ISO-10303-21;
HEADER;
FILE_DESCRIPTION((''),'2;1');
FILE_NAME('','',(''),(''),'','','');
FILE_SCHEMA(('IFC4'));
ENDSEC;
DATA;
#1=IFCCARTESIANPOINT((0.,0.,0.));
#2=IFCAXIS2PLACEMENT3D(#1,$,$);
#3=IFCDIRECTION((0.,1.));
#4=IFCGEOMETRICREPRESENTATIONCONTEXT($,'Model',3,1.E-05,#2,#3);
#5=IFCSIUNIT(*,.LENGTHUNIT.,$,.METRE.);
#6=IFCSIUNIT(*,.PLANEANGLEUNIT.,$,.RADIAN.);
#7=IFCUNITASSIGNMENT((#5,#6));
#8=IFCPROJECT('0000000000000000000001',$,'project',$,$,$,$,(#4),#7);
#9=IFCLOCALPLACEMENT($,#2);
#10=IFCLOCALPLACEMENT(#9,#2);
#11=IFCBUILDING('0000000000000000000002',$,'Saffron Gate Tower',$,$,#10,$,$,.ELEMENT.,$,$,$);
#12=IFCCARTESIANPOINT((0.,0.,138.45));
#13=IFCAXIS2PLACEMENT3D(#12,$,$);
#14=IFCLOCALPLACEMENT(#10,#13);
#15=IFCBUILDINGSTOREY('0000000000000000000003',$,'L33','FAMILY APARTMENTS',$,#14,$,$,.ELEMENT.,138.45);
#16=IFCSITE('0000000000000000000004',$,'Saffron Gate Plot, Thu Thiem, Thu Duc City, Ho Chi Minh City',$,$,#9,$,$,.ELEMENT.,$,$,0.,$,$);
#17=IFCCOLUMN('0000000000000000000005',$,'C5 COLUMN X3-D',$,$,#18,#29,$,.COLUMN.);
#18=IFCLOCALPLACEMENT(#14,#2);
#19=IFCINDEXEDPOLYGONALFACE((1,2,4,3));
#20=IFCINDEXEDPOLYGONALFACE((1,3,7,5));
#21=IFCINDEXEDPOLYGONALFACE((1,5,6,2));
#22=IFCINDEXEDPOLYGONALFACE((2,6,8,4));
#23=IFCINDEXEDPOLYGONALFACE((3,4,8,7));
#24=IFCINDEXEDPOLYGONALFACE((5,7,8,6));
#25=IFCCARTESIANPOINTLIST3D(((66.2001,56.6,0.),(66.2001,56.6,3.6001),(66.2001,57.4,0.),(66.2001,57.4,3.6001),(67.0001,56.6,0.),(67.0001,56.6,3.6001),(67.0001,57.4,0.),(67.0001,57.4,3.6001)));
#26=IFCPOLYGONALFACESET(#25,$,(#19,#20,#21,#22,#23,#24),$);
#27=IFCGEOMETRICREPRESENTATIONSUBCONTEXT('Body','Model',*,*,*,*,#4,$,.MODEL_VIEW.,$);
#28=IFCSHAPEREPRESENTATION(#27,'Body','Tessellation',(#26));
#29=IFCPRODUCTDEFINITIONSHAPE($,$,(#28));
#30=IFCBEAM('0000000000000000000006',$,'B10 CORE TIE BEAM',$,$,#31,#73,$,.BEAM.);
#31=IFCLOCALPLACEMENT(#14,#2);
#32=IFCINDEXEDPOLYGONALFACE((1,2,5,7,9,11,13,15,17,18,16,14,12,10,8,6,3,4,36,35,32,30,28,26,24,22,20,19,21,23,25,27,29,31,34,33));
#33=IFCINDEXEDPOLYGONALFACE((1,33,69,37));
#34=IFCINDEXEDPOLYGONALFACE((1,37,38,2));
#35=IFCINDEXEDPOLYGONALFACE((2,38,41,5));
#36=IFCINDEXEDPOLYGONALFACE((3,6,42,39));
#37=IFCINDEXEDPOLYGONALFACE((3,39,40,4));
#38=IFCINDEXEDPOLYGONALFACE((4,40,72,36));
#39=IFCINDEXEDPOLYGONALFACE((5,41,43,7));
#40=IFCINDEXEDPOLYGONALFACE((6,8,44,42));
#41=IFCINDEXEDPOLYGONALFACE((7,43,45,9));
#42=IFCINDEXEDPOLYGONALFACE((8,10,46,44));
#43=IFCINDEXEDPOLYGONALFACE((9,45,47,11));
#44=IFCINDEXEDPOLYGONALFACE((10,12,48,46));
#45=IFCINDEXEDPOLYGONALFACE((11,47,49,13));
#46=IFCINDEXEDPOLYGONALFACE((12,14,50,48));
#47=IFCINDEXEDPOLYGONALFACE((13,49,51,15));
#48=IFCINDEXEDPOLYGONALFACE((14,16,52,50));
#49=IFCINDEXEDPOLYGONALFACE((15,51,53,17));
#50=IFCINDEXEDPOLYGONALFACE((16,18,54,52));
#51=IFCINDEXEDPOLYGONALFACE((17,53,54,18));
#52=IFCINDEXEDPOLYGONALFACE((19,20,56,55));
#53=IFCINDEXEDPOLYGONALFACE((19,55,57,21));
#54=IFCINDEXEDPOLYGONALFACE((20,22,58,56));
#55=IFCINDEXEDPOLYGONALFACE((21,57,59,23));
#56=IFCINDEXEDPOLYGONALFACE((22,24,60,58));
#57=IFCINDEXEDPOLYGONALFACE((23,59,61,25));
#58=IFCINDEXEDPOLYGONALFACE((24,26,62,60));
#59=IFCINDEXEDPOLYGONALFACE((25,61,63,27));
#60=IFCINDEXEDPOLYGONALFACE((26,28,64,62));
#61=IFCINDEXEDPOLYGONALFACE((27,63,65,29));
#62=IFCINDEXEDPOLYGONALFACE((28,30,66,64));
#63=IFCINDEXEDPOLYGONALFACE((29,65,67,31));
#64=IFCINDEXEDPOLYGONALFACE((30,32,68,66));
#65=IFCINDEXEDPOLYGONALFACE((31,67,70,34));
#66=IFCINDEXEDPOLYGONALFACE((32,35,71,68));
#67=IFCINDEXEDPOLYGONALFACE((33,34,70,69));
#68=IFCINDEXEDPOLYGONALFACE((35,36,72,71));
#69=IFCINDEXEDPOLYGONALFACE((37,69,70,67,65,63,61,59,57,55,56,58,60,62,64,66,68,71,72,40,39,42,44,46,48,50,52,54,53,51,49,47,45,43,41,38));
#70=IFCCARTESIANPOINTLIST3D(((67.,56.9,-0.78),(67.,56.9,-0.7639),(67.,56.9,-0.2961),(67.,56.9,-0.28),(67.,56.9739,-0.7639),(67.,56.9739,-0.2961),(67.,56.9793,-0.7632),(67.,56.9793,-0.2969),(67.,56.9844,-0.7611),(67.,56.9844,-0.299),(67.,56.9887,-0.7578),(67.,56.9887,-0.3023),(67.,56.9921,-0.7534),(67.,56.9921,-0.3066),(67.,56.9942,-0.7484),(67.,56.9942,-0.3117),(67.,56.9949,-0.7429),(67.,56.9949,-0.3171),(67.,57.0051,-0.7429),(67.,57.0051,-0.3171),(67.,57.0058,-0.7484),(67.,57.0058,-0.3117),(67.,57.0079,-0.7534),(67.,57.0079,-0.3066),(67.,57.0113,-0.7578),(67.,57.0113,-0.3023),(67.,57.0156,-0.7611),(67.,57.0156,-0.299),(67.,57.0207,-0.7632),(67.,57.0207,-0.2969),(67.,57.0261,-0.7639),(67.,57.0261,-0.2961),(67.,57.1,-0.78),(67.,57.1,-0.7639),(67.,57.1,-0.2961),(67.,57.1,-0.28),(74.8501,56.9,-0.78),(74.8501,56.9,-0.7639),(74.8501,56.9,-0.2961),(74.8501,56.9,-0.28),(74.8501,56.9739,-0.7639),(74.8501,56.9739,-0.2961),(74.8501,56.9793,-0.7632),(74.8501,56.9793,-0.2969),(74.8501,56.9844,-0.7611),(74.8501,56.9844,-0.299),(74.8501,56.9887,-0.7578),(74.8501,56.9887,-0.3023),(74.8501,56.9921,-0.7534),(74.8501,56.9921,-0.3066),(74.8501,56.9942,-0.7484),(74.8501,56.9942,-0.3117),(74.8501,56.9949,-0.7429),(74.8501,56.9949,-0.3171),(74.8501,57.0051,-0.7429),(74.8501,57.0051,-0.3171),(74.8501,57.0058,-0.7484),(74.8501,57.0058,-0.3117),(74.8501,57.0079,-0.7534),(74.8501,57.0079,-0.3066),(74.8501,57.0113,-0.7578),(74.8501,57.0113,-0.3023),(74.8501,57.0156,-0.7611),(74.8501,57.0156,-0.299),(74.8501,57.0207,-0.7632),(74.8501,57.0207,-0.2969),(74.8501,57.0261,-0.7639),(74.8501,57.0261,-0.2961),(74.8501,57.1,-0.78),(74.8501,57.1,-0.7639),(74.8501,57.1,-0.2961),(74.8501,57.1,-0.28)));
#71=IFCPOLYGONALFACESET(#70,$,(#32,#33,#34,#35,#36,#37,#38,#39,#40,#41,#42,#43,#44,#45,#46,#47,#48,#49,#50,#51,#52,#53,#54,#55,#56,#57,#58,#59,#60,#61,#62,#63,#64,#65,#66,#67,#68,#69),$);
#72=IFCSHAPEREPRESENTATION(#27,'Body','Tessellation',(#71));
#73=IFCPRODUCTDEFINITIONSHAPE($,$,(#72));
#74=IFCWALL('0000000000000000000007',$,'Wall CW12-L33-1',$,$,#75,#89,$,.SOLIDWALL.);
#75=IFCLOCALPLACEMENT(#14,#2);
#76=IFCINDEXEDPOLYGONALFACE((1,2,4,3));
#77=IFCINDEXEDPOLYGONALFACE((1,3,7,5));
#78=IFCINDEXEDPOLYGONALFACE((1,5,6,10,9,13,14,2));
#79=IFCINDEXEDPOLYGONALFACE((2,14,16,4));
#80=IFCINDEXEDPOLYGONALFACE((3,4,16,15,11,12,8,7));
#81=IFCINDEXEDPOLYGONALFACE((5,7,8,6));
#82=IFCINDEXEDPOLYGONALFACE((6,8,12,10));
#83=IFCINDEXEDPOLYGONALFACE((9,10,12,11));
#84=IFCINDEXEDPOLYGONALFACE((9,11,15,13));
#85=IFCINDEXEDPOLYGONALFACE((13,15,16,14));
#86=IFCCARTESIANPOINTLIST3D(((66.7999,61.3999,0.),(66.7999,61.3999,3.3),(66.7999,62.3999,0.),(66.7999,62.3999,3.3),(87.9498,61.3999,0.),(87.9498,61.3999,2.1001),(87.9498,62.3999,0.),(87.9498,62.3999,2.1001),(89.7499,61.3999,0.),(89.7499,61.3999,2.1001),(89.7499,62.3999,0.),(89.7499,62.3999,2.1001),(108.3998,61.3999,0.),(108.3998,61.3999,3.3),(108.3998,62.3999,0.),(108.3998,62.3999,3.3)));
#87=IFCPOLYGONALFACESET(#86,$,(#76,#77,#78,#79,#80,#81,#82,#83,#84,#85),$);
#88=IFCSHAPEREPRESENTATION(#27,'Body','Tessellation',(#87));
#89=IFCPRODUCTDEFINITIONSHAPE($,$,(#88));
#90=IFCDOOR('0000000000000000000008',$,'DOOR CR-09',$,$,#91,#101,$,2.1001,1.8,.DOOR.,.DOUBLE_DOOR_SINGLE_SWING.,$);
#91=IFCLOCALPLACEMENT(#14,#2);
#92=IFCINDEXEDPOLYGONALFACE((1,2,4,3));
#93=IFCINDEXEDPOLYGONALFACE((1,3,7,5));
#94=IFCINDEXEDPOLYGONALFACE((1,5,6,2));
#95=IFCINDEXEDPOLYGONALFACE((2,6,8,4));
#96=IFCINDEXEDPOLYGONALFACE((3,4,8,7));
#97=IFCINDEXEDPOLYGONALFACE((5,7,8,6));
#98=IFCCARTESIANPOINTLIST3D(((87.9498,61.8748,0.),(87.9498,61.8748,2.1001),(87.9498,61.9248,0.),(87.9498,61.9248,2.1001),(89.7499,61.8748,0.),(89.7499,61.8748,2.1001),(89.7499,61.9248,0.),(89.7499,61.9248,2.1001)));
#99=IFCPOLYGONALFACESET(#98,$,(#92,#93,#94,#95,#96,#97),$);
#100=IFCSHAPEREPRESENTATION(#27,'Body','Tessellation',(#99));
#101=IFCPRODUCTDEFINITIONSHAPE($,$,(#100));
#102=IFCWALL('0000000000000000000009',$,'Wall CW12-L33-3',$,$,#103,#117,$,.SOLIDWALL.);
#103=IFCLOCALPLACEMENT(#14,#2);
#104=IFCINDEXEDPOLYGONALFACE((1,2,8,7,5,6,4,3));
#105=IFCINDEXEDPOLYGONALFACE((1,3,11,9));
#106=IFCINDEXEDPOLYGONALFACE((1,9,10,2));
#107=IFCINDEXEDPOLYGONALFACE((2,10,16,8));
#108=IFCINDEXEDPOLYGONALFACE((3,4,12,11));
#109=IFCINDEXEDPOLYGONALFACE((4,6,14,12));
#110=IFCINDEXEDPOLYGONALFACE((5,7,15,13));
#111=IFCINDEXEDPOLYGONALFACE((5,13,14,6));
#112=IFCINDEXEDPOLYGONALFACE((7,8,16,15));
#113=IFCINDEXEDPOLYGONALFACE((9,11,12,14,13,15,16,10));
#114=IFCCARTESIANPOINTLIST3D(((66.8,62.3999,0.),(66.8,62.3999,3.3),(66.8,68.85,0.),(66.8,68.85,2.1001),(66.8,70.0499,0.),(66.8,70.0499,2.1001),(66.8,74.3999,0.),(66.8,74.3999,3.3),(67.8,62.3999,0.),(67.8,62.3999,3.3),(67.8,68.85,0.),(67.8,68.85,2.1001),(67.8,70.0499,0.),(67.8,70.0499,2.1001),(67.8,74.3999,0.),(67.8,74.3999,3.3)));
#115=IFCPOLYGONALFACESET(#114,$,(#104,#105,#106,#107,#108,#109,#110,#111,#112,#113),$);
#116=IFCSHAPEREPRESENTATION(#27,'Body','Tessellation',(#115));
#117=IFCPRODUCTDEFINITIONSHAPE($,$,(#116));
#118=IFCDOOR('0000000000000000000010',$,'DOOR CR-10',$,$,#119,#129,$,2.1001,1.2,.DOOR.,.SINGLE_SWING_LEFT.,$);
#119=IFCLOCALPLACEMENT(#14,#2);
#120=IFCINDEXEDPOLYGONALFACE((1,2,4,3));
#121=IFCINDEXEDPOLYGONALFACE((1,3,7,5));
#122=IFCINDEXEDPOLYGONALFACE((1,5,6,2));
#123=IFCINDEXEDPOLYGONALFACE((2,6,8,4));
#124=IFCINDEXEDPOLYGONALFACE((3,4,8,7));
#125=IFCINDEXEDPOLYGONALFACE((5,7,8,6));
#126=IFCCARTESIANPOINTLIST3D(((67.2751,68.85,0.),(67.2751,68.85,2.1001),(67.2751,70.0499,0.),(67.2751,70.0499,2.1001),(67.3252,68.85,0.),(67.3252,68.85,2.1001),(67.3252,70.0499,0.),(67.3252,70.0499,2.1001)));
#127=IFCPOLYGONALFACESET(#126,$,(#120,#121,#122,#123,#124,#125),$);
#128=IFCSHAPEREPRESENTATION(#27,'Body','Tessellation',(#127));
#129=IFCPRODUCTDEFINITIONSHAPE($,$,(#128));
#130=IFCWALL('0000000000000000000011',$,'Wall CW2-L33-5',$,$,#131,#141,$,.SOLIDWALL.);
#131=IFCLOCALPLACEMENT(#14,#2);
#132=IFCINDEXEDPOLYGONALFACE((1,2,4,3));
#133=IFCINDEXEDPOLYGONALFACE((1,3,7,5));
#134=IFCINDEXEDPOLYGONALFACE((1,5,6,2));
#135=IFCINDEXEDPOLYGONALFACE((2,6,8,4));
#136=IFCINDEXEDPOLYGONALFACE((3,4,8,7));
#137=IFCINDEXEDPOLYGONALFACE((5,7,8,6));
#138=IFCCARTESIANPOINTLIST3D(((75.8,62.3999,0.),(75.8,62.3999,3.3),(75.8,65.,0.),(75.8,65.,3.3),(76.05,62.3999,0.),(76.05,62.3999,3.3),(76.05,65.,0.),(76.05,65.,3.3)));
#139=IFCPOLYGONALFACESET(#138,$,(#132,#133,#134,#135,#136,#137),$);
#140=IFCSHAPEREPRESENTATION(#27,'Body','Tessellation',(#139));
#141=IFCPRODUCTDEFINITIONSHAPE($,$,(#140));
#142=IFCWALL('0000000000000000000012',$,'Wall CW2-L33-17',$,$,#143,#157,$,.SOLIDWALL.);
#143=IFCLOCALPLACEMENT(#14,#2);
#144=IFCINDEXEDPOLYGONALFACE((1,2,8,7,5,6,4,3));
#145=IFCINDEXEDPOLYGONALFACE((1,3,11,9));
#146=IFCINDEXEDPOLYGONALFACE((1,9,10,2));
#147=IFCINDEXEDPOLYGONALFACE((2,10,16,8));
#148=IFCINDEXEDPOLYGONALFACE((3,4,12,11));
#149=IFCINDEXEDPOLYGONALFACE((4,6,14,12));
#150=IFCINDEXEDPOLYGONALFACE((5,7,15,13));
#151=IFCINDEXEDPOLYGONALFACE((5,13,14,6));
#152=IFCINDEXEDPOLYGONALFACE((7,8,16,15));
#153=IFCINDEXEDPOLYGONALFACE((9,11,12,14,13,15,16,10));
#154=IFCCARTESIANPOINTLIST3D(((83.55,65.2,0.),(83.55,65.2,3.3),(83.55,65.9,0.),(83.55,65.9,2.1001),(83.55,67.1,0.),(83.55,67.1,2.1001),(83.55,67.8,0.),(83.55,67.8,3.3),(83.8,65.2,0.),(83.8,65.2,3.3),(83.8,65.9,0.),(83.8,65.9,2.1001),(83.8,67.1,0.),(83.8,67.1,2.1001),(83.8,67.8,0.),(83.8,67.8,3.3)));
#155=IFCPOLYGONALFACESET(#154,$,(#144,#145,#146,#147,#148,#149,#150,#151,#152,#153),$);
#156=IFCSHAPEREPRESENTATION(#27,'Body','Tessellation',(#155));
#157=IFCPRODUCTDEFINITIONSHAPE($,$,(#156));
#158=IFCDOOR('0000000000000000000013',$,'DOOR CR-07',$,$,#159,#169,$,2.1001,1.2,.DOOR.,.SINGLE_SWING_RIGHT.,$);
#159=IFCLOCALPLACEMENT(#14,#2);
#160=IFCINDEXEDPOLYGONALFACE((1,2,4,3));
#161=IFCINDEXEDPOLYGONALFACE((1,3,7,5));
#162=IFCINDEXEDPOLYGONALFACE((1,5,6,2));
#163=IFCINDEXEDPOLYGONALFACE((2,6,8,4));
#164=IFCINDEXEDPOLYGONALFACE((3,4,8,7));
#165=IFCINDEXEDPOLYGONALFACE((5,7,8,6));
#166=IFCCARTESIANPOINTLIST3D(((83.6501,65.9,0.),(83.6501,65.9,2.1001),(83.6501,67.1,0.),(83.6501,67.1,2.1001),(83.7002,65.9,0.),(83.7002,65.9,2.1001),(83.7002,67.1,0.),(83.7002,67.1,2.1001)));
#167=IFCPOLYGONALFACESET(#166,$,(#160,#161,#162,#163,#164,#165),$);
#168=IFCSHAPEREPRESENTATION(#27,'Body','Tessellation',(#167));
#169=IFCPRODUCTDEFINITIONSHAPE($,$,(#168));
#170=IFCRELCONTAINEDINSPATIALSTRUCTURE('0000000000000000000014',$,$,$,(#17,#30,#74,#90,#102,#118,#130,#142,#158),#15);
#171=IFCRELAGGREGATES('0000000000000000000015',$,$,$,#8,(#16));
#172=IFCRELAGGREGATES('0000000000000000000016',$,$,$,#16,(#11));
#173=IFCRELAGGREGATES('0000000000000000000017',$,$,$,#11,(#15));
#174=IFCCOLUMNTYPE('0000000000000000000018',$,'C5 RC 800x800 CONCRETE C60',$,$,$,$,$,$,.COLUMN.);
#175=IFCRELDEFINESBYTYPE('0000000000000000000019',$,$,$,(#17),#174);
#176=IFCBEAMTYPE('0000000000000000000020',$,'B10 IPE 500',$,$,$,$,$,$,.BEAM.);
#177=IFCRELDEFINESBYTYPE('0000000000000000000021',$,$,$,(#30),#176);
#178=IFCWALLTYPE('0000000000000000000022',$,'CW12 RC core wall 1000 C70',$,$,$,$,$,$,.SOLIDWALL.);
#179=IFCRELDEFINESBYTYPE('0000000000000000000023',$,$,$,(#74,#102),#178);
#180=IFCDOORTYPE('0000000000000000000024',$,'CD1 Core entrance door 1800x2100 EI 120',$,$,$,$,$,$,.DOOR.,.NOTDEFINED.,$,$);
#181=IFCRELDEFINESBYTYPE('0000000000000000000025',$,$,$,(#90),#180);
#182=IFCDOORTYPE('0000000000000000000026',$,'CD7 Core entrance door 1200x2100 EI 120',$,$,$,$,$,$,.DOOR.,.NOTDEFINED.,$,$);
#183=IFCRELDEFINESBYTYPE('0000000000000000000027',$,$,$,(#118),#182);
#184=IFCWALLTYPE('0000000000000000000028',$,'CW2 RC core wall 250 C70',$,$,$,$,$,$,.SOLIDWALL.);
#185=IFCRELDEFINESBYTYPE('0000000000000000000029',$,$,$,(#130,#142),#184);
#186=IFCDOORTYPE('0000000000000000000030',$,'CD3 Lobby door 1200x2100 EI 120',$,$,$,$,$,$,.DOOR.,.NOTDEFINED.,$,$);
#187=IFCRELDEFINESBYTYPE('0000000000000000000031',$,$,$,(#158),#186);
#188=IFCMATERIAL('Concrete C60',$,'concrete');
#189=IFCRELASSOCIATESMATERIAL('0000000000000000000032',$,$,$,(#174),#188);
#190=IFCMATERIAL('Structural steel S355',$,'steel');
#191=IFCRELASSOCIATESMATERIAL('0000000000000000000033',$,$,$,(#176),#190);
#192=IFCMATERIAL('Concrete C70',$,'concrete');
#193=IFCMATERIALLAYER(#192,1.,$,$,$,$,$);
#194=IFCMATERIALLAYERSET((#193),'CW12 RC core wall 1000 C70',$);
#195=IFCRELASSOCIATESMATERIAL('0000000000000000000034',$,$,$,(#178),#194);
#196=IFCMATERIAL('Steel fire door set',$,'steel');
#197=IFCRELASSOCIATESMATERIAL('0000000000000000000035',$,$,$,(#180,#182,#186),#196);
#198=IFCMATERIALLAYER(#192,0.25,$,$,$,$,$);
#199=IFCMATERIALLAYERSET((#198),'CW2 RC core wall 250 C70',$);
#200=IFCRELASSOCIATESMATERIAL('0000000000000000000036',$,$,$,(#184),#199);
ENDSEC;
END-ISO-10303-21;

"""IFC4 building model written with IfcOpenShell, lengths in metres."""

from ifc_helpers import new_model, si_unit, direction, frame, frame_2d, origin, origin_2d, place, context, subcontext, project, spatial, rectangle, i_section, extrude, material, layer, layer_set, material_profile, profile_set, type_object, element, fill, save


model = new_model("IFC4")

# Units and contexts
model_context = context("Model", 3, precision=1e-05, world=origin(), true_north=direction((0.0, 1.0)))
body_context = subcontext(model_context, "Body", "Model", "MODEL_VIEW")
ifc_project = project(units=[si_unit("LENGTHUNIT", "METRE"), si_unit("PLANEANGLEUNIT", "RADIAN")], contexts=[model_context])

# Site, building, storey
site_placement = place(None, origin())
site = spatial("IfcSite", under=ifc_project, at=site_placement, Name="Saffron Gate Plot, Thu Thiem, Thu Duc City, Ho Chi Minh City", CompositionType="ELEMENT", RefElevation=0.0)
building_placement = place(site_placement, origin())
building = spatial("IfcBuilding", under=site, at=building_placement, Name="Saffron Gate Tower", CompositionType="ELEMENT")
storey_placement = place(building_placement, frame((0.0, 0.0, 138.45)))
storey = spatial("IfcBuildingStorey", under=building, at=storey_placement, Name="L33", Description="FAMILY APARTMENTS", CompositionType="ELEMENT", Elevation=138.45)

# Column
ifc_material_1 = material(Name="Concrete C60", Category="concrete")
ifc_material_profile_1 = material_profile(ifc_material_1, rectangle(XDim=0.8, YDim=0.8, at=origin_2d()))
ifc_profile_set_1 = profile_set([ifc_material_profile_1], Name="Concrete C60")
column_type = type_object("IfcColumnType", Name="C5 RC 800x800 CONCRETE C60", PredefinedType="COLUMN", material=ifc_profile_set_1)
column_placement = place(storey_placement, frame((66.6001, 57.0, 0.0), z_axis=(0.0, 0.0, 1.0), x_axis=(1.0, 0.0, 0.0)))
element("IfcColumn", 1, at=column_placement, inside=storey, type_object=column_type, Name="C5 COLUMN X3-D", PredefinedType="COLUMN", context=body_context, shape_type="SweptSolid", body=[
    extrude(rectangle(XDim=0.8, YDim=0.8, at=origin_2d()), origin(), (0.0, 0.0, 1.0), 3.6001),
])

# Beam
ifc_material_2 = material(Name="Structural steel S355", Category="steel")
ifc_material_profile_2 = material_profile(ifc_material_2, i_section(OverallWidth=0.2, OverallDepth=0.5, WebThickness=0.0103, FlangeThickness=0.0161, FilletRadius=0.021, at=origin_2d()))
ifc_profile_set_2 = profile_set([ifc_material_profile_2], Name="Structural steel S355")
beam_type = type_object("IfcBeamType", Name="B10 IPE 500", PredefinedType="BEAM", material=ifc_profile_set_2)
beam_placement = place(storey_placement, frame((67.0, 57.0, -0.53), z_axis=(1.0, 0.0, 0.0), x_axis=(0.0, 1.0, 0.0)))
element("IfcBeam", 2, at=beam_placement, inside=storey, type_object=beam_type, Name="B10 CORE TIE BEAM", PredefinedType="BEAM", context=body_context, shape_type="SweptSolid", body=[
    extrude(i_section(OverallWidth=0.2, OverallDepth=0.5, WebThickness=0.0103, FlangeThickness=0.0161, FilletRadius=0.021, at=origin_2d()), origin(), (0.0, 0.0, 1.0), 7.8501),
])

# Walls, openings, doors
ifc_material_3 = material(Name="Concrete C70", Category="concrete")
ifc_layer_1 = layer(ifc_material_3, 1.0)
ifc_layer_set_1 = layer_set([ifc_layer_1], Name="CW12 RC core wall 1000 C70")
wall_type_1 = type_object("IfcWallType", Name="CW12 RC core wall 1000 C70", PredefinedType="SOLIDWALL", material=ifc_layer_set_1)
wall_1_placement = place(storey_placement, frame((66.8, 61.8999, 0.0), z_axis=(0.0, 0.0, 1.0), x_axis=(1.0, 0.0, 0.0)))
wall_1 = element("IfcWall", 3, at=wall_1_placement, inside=storey, type_object=wall_type_1, Name="Wall CW12-L33-1", PredefinedType="SOLIDWALL", context=body_context, shape_type="SweptSolid", body=[
    extrude(rectangle(XDim=41.5999, YDim=1.0, at=frame_2d((20.7998, 0.0))), origin(), (0.0, 0.0, 1.0), 3.3),
])
opening_1_placement = place(wall_1_placement, frame((21.1499, 0.0, 0.0)))
opening_1 = element("IfcOpeningElement", 4, at=opening_1_placement, cuts=wall_1, PredefinedType="OPENING", context=body_context, shape_type="SweptSolid", body=[
    extrude(rectangle(XDim=1.8, YDim=2.1001, at=frame_2d((0.8999, 1.05))), frame((0.0, 0.51, 0.0), z_axis=(0.0, -1.0, 0.0), x_axis=(1.0, 0.0, 0.0)), (0.0, 0.0, 1.0), 1.02),
])
ifc_material_4 = material(Name="Steel fire door set", Category="steel")
door_type_1 = type_object("IfcDoorType", Name="CD1 Core entrance door 1800x2100 EI 120", OperationType="NOTDEFINED", PredefinedType="DOOR", material=ifc_material_4)
door_1_placement = place(opening_1_placement, origin())
door_1 = element("IfcDoor", 5, at=door_1_placement, inside=storey, type_object=door_type_1, Name="DOOR CR-09", OperationType="DOUBLE_DOOR_SINGLE_SWING", OverallHeight=2.1001, OverallWidth=1.8, PredefinedType="DOOR", context=body_context, shape_type="SweptSolid", body=[
    extrude(rectangle(XDim=1.8, YDim=2.1001, at=frame_2d((0.8999, 1.05))), frame((0.0, 0.0249, 0.0), z_axis=(0.0, -1.0, 0.0), x_axis=(1.0, 0.0, 0.0)), (0.0, 0.0, 1.0), 0.05),
])
fill(opening_1, door_1)
wall_2_placement = place(storey_placement, frame((67.3, 62.3999, 0.0), z_axis=(0.0, 0.0, 1.0), x_axis=(0.0, 1.0, 0.0)))
wall_2 = element("IfcWall", 6, at=wall_2_placement, inside=storey, type_object=wall_type_1, Name="Wall CW12-L33-3", PredefinedType="SOLIDWALL", context=body_context, shape_type="SweptSolid", body=[
    extrude(rectangle(XDim=12.0, YDim=1.0, at=frame_2d((6.0, 0.0))), origin(), (0.0, 0.0, 1.0), 3.3),
])
opening_2_placement = place(wall_2_placement, frame((6.45, 0.0, 0.0)))
opening_2 = element("IfcOpeningElement", 7, at=opening_2_placement, cuts=wall_2, PredefinedType="OPENING", context=body_context, shape_type="SweptSolid", body=[
    extrude(rectangle(XDim=1.2, YDim=2.1001, at=frame_2d((0.6001, 1.05))), frame((0.0, 0.51, 0.0), z_axis=(0.0, -1.0, 0.0), x_axis=(1.0, 0.0, 0.0)), (0.0, 0.0, 1.0), 1.02),
])
door_type_2 = type_object("IfcDoorType", Name="CD7 Core entrance door 1200x2100 EI 120", OperationType="NOTDEFINED", PredefinedType="DOOR", material=ifc_material_4)
door_2_placement = place(opening_2_placement, origin())
door_2 = element("IfcDoor", 8, at=door_2_placement, inside=storey, type_object=door_type_2, Name="DOOR CR-10", OperationType="SINGLE_SWING_LEFT", OverallHeight=2.1001, OverallWidth=1.2, PredefinedType="DOOR", context=body_context, shape_type="SweptSolid", body=[
    extrude(rectangle(XDim=1.2, YDim=2.1001, at=frame_2d((0.6001, 1.05))), frame((0.0, 0.0249, 0.0), z_axis=(0.0, -1.0, 0.0), x_axis=(1.0, 0.0, 0.0)), (0.0, 0.0, 1.0), 0.05),
])
fill(opening_2, door_2)

# Wall
ifc_layer_2 = layer(ifc_material_3, 0.25)
ifc_layer_set_2 = layer_set([ifc_layer_2], Name="CW2 RC core wall 250 C70")
wall_type_2 = type_object("IfcWallType", Name="CW2 RC core wall 250 C70", PredefinedType="SOLIDWALL", material=ifc_layer_set_2)
wall_3_placement = place(storey_placement, frame((75.925, 62.3999, 0.0), z_axis=(0.0, 0.0, 1.0), x_axis=(0.0, 1.0, 0.0)))
element("IfcWall", 9, at=wall_3_placement, inside=storey, type_object=wall_type_2, Name="Wall CW2-L33-5", PredefinedType="SOLIDWALL", context=body_context, shape_type="SweptSolid", body=[
    extrude(rectangle(XDim=2.6001, YDim=0.25, at=frame_2d((1.3, 0.0))), origin(), (0.0, 0.0, 1.0), 3.3),
])

# Wall, opening, door
wall_4_placement = place(storey_placement, frame((83.675, 65.2, 0.0), z_axis=(0.0, 0.0, 1.0), x_axis=(0.0, 1.0, 0.0)))
wall_4 = element("IfcWall", 10, at=wall_4_placement, inside=storey, type_object=wall_type_2, Name="Wall CW2-L33-17", PredefinedType="SOLIDWALL", context=body_context, shape_type="SweptSolid", body=[
    extrude(rectangle(XDim=2.6001, YDim=0.25, at=frame_2d((1.3, 0.0))), origin(), (0.0, 0.0, 1.0), 3.3),
])
opening_3_placement = place(wall_4_placement, frame((0.7, 0.0, 0.0)))
opening_3 = element("IfcOpeningElement", 11, at=opening_3_placement, cuts=wall_4, PredefinedType="OPENING", context=body_context, shape_type="SweptSolid", body=[
    extrude(rectangle(XDim=1.2, YDim=2.1001, at=frame_2d((0.6001, 1.05))), frame((0.0, 0.135, 0.0), z_axis=(0.0, -1.0, 0.0), x_axis=(1.0, 0.0, 0.0)), (0.0, 0.0, 1.0), 0.27),
])
door_type_3 = type_object("IfcDoorType", Name="CD3 Lobby door 1200x2100 EI 120", OperationType="NOTDEFINED", PredefinedType="DOOR", material=ifc_material_4)
door_3_placement = place(opening_3_placement, origin())
door_3 = element("IfcDoor", 12, at=door_3_placement, inside=storey, type_object=door_type_3, Name="DOOR CR-07", OperationType="SINGLE_SWING_RIGHT", OverallHeight=2.1001, OverallWidth=1.2, PredefinedType="DOOR", context=body_context, shape_type="SweptSolid", body=[
    extrude(rectangle(XDim=1.2, YDim=2.1001, at=frame_2d((0.6001, 1.05))), frame((0.0, 0.0249, 0.0), z_axis=(0.0, -1.0, 0.0), x_axis=(1.0, 0.0, 0.0)), (0.0, 0.0, 1.0), 0.05),
])
fill(opening_3, door_3)

save(model, "model.ifc")
